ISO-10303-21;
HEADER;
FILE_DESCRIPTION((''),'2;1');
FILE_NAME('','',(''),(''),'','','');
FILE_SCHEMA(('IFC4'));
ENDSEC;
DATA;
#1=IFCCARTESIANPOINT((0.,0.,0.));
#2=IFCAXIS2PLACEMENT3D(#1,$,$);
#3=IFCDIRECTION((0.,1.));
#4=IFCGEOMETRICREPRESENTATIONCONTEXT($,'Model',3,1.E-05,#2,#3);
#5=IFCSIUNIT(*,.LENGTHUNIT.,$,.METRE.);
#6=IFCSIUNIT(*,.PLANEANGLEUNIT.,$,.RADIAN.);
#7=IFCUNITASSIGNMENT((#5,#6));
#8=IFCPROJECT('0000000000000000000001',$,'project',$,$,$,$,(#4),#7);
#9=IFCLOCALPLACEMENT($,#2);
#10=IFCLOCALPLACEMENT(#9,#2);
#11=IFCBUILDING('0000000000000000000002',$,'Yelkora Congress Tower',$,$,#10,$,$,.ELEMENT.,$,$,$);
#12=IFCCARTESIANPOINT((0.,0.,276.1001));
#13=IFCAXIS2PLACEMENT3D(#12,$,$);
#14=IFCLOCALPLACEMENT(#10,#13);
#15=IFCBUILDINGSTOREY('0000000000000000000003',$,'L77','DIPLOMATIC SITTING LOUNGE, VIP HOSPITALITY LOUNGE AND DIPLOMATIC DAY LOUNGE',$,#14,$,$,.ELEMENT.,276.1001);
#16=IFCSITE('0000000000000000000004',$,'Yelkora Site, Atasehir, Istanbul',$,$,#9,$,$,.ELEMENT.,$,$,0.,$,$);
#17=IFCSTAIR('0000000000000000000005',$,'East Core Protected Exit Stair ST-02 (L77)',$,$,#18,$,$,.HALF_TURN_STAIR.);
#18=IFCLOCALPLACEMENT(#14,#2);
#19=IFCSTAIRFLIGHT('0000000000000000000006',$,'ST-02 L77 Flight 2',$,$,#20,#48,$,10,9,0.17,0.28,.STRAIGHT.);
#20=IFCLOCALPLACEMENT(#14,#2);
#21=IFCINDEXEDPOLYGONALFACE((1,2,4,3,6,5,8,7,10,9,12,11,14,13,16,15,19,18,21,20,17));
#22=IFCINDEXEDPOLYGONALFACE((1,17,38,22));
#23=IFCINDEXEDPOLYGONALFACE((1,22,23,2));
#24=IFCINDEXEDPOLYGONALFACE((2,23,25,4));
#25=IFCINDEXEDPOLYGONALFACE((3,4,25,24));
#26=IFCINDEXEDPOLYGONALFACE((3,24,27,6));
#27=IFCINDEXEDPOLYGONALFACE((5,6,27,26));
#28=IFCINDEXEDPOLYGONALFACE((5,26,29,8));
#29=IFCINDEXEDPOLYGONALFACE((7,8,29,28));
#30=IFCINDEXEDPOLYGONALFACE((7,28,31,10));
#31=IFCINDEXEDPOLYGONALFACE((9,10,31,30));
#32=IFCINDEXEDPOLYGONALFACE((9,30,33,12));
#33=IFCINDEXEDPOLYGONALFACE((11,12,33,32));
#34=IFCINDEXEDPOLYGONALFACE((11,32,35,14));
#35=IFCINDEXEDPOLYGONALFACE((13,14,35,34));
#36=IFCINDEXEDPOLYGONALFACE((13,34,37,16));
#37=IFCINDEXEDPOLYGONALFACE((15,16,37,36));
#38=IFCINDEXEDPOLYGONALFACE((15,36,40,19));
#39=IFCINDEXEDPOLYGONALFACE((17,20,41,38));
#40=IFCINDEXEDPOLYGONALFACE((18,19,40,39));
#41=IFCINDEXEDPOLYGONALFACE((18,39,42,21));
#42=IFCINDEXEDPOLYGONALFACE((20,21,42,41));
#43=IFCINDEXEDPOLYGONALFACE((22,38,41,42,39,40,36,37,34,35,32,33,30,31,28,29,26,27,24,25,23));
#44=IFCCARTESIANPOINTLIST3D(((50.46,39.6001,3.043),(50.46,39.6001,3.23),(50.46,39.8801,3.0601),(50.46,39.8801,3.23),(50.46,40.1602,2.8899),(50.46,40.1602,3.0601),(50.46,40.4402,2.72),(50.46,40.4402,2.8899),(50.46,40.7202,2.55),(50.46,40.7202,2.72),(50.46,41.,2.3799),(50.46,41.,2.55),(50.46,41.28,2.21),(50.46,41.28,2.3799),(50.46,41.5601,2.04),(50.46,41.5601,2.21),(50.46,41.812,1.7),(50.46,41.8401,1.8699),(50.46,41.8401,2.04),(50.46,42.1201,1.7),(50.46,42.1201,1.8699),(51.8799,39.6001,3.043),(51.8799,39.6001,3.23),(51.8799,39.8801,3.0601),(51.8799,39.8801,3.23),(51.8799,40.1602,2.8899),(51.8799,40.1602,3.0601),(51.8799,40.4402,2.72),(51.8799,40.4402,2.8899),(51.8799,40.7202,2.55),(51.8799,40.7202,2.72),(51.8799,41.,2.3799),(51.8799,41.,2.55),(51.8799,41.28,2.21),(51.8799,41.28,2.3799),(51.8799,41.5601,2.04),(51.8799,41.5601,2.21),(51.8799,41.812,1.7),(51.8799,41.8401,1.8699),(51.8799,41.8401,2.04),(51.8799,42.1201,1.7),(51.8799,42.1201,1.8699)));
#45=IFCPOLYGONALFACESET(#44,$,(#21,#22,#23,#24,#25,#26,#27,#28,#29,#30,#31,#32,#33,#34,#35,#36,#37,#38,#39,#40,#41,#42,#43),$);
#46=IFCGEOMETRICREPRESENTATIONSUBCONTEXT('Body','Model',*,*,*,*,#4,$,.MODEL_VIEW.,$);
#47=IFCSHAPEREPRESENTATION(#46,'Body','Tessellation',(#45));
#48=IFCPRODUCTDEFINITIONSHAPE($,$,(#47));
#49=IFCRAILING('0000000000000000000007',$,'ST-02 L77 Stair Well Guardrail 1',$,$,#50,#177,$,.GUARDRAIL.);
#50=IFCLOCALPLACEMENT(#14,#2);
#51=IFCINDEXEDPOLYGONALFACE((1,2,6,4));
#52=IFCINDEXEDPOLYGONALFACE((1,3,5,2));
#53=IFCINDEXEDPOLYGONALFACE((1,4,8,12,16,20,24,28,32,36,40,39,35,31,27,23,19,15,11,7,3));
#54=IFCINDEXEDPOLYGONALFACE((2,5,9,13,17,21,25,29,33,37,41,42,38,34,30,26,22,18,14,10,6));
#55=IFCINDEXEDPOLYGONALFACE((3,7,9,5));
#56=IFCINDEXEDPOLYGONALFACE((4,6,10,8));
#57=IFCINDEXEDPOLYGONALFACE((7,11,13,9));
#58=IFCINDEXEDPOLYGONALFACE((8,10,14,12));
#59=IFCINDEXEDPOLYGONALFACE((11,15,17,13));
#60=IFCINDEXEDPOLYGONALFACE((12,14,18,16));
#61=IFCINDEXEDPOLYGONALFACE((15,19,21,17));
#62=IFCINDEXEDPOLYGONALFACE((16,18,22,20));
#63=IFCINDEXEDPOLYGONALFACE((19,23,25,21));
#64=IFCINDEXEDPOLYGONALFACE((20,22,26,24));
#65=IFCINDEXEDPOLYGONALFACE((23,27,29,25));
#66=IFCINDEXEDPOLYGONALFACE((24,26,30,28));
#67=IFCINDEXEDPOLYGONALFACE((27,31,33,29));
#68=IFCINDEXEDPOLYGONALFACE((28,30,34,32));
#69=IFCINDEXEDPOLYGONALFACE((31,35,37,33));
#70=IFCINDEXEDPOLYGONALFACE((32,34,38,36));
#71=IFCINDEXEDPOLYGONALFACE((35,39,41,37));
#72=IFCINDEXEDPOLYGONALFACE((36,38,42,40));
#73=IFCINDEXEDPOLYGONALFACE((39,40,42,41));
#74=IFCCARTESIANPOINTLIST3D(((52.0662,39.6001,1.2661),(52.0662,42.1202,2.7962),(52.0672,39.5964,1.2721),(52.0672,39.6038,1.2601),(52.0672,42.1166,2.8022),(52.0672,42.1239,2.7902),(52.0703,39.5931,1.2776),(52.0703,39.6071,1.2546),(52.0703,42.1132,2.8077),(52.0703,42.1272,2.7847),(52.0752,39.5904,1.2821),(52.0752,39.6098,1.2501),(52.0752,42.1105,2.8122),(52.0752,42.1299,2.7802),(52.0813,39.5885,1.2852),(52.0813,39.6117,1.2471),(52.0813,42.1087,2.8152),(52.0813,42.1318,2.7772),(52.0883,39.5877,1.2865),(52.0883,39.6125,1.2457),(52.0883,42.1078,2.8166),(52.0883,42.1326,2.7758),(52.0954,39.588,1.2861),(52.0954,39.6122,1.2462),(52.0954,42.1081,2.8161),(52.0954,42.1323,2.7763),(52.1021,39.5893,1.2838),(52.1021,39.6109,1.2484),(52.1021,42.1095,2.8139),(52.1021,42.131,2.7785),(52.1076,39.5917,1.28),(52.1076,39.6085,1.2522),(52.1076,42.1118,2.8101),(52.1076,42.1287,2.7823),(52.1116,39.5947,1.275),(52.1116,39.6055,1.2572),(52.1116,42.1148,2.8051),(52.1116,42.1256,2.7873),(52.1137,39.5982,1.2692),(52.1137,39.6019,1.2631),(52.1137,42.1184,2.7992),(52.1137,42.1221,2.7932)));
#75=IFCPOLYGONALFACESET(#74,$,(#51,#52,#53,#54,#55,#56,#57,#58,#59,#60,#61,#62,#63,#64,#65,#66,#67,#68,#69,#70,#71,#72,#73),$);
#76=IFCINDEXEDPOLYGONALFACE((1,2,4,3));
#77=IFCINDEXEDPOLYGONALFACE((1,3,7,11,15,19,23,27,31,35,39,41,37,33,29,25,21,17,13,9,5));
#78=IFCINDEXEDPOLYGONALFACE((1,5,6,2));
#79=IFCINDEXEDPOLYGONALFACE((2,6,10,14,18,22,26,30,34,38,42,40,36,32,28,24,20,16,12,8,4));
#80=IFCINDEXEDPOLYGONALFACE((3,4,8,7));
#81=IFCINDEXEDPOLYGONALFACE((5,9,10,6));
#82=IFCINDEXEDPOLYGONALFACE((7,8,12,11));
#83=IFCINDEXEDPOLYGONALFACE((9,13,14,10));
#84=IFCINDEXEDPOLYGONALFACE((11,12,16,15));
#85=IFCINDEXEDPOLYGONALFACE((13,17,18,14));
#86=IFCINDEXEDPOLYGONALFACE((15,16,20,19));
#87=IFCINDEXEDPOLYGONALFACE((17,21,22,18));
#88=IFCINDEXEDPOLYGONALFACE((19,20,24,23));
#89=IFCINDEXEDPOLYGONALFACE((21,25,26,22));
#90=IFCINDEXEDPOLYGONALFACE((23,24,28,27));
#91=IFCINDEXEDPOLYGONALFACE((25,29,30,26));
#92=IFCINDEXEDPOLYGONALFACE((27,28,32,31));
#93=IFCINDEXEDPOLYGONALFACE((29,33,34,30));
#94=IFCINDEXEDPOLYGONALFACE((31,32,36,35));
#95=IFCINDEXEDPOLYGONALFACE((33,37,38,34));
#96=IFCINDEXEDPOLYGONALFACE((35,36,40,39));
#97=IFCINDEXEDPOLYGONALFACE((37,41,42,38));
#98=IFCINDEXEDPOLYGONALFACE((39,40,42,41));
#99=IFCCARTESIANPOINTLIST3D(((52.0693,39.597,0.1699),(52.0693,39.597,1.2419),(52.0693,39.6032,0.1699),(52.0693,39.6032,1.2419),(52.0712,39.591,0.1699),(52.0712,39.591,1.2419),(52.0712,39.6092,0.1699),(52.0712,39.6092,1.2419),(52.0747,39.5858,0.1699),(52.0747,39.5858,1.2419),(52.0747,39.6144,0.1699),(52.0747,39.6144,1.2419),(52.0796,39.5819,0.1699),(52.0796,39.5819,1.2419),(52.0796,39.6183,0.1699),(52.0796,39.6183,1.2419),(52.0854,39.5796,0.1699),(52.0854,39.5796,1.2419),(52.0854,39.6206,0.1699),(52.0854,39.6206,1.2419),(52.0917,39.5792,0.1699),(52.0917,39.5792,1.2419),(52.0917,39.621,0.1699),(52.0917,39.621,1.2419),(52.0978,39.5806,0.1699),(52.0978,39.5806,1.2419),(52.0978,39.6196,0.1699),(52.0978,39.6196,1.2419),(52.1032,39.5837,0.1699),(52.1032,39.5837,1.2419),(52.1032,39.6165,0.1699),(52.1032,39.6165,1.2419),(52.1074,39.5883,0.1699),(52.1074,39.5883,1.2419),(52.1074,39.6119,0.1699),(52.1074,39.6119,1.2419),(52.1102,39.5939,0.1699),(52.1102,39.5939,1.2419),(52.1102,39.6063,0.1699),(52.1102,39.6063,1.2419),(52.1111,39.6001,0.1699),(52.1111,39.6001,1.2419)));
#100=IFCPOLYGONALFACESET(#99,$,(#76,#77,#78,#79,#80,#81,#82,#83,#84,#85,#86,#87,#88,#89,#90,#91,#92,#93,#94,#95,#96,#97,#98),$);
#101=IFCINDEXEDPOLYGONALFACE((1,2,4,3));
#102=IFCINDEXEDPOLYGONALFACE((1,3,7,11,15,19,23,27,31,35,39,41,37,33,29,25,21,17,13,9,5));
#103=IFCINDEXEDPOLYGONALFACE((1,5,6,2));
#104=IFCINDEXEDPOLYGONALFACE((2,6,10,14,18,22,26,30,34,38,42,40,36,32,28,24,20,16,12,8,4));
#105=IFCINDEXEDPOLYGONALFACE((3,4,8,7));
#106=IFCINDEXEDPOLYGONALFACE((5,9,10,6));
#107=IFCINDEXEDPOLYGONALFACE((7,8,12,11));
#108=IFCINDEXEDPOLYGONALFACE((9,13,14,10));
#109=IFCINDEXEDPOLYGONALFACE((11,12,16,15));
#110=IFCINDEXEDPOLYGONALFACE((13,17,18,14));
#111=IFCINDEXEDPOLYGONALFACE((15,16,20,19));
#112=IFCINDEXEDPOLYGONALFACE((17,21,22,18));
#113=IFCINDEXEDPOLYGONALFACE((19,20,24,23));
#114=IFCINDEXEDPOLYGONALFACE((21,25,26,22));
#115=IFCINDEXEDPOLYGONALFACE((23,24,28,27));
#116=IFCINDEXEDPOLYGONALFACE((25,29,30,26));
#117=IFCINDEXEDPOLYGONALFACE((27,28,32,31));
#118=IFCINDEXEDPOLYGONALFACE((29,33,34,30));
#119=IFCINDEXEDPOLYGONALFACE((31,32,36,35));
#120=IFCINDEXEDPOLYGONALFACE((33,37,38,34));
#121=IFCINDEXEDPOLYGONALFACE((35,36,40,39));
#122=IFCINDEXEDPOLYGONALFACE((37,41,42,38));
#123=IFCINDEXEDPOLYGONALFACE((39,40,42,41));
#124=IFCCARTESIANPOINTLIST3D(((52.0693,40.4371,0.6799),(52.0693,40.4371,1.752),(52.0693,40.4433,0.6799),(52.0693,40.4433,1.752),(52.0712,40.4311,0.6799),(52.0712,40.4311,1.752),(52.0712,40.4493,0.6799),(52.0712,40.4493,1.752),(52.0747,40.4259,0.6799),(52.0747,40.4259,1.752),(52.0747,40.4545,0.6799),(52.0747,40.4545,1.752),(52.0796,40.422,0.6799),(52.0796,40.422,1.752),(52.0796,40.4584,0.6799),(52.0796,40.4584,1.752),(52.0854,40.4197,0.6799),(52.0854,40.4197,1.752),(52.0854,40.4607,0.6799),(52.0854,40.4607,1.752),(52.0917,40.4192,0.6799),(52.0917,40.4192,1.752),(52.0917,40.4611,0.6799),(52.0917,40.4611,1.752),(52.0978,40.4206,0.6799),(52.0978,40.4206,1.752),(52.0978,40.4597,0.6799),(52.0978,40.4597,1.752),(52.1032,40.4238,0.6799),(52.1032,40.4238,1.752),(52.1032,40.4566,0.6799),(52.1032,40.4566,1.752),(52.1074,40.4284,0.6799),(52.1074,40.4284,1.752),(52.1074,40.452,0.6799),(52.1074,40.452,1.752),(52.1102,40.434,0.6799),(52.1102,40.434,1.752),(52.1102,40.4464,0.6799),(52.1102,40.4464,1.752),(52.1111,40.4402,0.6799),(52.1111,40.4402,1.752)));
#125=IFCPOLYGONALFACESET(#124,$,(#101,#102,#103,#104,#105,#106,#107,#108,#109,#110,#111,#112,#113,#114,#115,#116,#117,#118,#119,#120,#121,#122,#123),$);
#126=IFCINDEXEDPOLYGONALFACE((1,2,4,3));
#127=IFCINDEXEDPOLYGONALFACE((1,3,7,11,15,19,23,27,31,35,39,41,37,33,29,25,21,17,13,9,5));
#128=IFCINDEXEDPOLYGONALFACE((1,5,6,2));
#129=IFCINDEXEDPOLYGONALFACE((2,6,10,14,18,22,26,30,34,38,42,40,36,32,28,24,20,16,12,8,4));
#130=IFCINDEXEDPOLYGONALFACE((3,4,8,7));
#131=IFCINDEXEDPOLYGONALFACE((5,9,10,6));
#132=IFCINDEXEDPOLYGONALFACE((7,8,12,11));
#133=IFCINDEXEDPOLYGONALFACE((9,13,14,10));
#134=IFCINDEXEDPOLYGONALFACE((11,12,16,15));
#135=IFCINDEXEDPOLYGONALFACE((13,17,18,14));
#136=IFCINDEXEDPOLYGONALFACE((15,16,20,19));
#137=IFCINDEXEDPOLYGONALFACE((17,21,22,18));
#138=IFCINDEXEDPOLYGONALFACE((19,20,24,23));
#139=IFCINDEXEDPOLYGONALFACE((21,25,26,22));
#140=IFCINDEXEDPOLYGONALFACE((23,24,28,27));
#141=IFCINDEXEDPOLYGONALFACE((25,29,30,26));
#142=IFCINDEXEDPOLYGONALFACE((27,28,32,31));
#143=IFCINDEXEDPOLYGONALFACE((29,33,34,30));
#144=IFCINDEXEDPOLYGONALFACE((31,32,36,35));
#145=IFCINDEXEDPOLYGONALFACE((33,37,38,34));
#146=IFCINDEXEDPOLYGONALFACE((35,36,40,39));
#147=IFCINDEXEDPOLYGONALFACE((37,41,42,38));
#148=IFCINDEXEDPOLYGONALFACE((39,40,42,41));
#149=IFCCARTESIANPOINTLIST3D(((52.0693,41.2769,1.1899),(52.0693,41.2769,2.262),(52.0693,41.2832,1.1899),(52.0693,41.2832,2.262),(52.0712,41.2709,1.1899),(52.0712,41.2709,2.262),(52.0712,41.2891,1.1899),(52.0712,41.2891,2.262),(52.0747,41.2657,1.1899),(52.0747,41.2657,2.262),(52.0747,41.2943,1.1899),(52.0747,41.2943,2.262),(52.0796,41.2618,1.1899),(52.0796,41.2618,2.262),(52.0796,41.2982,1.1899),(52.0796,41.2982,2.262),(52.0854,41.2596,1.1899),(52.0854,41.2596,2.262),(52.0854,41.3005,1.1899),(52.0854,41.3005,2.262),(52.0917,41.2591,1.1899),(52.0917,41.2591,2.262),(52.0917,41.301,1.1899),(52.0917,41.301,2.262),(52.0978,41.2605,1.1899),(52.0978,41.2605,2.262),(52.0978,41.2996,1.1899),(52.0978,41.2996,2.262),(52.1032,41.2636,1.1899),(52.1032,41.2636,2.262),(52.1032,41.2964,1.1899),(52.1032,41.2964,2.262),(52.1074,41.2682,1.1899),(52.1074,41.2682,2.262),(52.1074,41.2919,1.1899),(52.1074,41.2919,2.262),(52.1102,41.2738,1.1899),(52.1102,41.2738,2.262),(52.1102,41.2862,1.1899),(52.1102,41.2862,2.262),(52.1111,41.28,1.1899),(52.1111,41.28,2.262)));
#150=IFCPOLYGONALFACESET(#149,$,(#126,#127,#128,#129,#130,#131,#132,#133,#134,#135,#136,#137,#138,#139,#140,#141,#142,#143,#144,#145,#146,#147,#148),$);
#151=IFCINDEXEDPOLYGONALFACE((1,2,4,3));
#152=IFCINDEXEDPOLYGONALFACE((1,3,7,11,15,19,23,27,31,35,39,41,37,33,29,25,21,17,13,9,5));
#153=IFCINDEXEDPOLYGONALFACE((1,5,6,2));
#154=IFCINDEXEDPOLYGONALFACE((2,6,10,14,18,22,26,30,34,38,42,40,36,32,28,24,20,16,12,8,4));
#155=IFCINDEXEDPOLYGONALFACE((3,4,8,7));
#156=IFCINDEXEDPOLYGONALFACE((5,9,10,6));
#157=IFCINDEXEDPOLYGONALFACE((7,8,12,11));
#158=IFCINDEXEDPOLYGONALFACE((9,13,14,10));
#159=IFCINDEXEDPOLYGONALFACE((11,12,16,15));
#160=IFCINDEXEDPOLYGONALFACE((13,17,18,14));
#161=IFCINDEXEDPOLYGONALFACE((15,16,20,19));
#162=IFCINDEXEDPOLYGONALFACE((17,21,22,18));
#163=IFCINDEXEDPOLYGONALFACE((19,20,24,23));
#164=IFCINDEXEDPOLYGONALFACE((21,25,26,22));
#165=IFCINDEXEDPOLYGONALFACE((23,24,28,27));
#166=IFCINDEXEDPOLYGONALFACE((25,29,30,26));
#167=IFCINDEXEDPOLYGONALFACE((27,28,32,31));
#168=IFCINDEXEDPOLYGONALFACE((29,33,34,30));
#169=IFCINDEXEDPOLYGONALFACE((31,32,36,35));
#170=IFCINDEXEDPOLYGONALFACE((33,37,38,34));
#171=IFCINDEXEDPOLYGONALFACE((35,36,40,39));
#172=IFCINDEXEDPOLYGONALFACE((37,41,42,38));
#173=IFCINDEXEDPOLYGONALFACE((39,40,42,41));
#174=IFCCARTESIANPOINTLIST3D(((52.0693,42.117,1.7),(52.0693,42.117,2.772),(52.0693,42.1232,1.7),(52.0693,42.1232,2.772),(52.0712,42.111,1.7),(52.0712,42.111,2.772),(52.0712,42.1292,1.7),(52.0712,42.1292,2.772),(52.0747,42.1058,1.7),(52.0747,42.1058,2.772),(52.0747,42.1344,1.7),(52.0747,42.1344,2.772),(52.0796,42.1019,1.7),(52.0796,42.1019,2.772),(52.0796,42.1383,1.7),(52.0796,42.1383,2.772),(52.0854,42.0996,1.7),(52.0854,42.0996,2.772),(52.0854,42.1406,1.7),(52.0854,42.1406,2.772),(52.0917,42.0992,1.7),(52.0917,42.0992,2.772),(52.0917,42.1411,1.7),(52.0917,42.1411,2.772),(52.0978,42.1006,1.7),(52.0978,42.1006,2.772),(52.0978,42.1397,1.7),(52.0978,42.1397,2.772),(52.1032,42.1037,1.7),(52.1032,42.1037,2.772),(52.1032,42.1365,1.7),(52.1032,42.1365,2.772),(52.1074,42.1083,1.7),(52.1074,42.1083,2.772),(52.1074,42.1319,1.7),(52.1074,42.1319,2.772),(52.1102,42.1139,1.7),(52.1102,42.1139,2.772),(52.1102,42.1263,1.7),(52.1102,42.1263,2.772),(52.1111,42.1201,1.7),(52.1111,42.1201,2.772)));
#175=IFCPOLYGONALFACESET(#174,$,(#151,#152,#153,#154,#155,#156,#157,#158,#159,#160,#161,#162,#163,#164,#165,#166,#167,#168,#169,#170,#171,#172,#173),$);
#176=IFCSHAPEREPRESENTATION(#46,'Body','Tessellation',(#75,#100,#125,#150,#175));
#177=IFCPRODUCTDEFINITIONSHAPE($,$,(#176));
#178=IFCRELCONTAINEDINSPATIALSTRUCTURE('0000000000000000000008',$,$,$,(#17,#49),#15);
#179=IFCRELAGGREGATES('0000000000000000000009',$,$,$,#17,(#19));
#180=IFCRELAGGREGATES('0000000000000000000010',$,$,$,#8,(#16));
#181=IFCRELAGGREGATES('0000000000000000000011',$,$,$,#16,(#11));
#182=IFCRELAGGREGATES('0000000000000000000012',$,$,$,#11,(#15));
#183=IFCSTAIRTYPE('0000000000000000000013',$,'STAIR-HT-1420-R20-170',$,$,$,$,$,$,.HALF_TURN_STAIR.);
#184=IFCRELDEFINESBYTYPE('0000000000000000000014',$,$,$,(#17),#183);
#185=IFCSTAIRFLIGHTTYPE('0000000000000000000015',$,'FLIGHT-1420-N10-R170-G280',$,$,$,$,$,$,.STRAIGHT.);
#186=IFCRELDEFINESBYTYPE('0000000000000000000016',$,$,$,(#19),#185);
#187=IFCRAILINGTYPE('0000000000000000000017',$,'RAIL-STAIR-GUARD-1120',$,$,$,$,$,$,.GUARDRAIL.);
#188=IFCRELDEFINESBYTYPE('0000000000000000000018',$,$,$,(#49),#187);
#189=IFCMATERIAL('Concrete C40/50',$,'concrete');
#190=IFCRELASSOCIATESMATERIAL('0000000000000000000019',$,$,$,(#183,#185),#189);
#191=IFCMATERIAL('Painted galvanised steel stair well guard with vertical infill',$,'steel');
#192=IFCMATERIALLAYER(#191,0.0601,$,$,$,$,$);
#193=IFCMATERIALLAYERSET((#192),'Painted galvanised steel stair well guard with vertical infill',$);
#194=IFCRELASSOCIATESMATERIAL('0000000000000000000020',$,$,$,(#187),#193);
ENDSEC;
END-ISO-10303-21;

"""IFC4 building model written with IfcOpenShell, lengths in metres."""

from ifc_helpers import new_model, si_unit, direction, frame, origin, origin_2d, place, context, subcontext, project, spatial, polyline, circle, outline, extrude, material, layer, layer_set, type_object, element, aggregate, save


model = new_model("IFC4")

# Units and contexts
model_context = context("Model", 3, precision=1e-05, world=origin(), true_north=direction((0.0, 1.0)))
body_context = subcontext(model_context, "Body", "Model", "MODEL_VIEW")
ifc_project = project(units=[si_unit("LENGTHUNIT", "METRE"), si_unit("PLANEANGLEUNIT", "RADIAN")], contexts=[model_context])

# Site, building, storey
site_placement = place(None, origin())
site = spatial("IfcSite", under=ifc_project, at=site_placement, Name="Yelkora Site, Atasehir, Istanbul", CompositionType="ELEMENT", RefElevation=0.0)
building_placement = place(site_placement, origin())
building = spatial("IfcBuilding", under=site, at=building_placement, Name="Yelkora Congress Tower", CompositionType="ELEMENT")
storey_placement = place(building_placement, frame((0.0, 0.0, 276.1001)))
storey = spatial("IfcBuildingStorey", under=building, at=storey_placement, Name="L77", Description="DIPLOMATIC SITTING LOUNGE, VIP HOSPITALITY LOUNGE AND DIPLOMATIC DAY LOUNGE", CompositionType="ELEMENT", Elevation=276.1001)

# Stair, stair flight
ifc_material_1 = material(Name="Concrete C40/50", Category="concrete")
stair_type = type_object("IfcStairType", Name="STAIR-HT-1420-R20-170", PredefinedType="HALF_TURN_STAIR", material=ifc_material_1)
stair_placement = place(storey_placement, origin())
stair = element("IfcStair", 1, at=stair_placement, inside=storey, type_object=stair_type, Name="East Core Protected Exit Stair ST-02 (L77)", PredefinedType="HALF_TURN_STAIR")
stair_flight_type = type_object("IfcStairFlightType", Name="FLIGHT-1420-N10-R170-G280", PredefinedType="STRAIGHT", material=ifc_material_1)
stair_flight_1_placement = place(storey_placement, frame((51.1699, 42.1201, 1.7), z_axis=(0.0, 0.0, 1.0), x_axis=(0.0, -1.0, 0.0)))
stair_flight_1 = element("IfcStairFlight", 2, at=stair_flight_1_placement, type_object=stair_flight_type, Name="ST-02 L77 Flight 2", NumberOfRisers=10, NumberOfTreads=9, PredefinedType="STRAIGHT", RiserHeight=0.17, TreadLength=0.28, context=body_context, shape_type="SweptSolid", body=[
    extrude(outline(polyline([(0.0, 0.0), (0.0, 0.1699), (0.28, 0.1699), (0.28, 0.3401), (0.5601, 0.3401), (0.5601, 0.51), (0.8401, 0.51), (0.8401, 0.6799), (1.1201, 0.6799), (1.1201, 0.8501), (1.3999, 0.8501), (1.3999, 1.02), (1.6799, 1.02), (1.6799, 1.1899), (1.96, 1.1899), (1.96, 1.3601), (2.24, 1.3601), (2.24, 1.53), (2.52, 1.53), (2.52, 1.7), (2.52, 1.343), (0.3081, 0.0), (0.0, 0.0)])), frame((0.0, 0.71, 0.0), z_axis=(0.0, -1.0, 0.0), x_axis=(1.0, 0.0, 0.0)), (0.0, 0.0, 1.0), 1.4199),
])
aggregate(stair, [stair_flight_1])

# Railing
ifc_material_2 = material(Name="Painted galvanised steel stair well guard with vertical infill", Category="steel")
ifc_layer_1 = layer(ifc_material_2, 0.0601)
ifc_layer_set_1 = layer_set([ifc_layer_1], Name="Painted galvanised steel stair well guard with vertical infill")
railing_type_1 = type_object("IfcRailingType", Name="RAIL-STAIR-GUARD-1120", PredefinedType="GUARDRAIL", material=ifc_layer_set_1)
railing_1_placement = place(storey_placement, frame((52.0901, 39.6001, 0.1699)))
element("IfcRailing", 3, at=railing_1_placement, inside=storey, type_object=railing_type_1, Name="ST-02 L77 Stair Well Guardrail 1", PredefinedType="GUARDRAIL", context=body_context, shape_type="SweptSolid", body=[
    extrude(circle(Radius=0.0239, at=origin_2d()), frame((0.0, 0.0, 1.0962), z_axis=(0.0, 0.854785, 0.518982), x_axis=(-1.0, 0.0, 0.0)), (0.0, 0.0, 1.0), 2.9482),
    extrude(circle(Radius=0.021, at=origin_2d()), origin(), (0.0, 0.0, 1.0), 1.072),
    extrude(circle(Radius=0.021, at=origin_2d()), frame((0.0, 0.8401, 0.51)), (0.0, 0.0, 1.0), 1.072),
    extrude(circle(Radius=0.021, at=origin_2d()), frame((0.0, 1.6799, 1.02)), (0.0, 0.0, 1.0), 1.072),
    extrude(circle(Radius=0.021, at=origin_2d()), frame((0.0, 2.52, 1.53)), (0.0, 0.0, 1.0), 1.072),
])

save(model, "model.ifc")
